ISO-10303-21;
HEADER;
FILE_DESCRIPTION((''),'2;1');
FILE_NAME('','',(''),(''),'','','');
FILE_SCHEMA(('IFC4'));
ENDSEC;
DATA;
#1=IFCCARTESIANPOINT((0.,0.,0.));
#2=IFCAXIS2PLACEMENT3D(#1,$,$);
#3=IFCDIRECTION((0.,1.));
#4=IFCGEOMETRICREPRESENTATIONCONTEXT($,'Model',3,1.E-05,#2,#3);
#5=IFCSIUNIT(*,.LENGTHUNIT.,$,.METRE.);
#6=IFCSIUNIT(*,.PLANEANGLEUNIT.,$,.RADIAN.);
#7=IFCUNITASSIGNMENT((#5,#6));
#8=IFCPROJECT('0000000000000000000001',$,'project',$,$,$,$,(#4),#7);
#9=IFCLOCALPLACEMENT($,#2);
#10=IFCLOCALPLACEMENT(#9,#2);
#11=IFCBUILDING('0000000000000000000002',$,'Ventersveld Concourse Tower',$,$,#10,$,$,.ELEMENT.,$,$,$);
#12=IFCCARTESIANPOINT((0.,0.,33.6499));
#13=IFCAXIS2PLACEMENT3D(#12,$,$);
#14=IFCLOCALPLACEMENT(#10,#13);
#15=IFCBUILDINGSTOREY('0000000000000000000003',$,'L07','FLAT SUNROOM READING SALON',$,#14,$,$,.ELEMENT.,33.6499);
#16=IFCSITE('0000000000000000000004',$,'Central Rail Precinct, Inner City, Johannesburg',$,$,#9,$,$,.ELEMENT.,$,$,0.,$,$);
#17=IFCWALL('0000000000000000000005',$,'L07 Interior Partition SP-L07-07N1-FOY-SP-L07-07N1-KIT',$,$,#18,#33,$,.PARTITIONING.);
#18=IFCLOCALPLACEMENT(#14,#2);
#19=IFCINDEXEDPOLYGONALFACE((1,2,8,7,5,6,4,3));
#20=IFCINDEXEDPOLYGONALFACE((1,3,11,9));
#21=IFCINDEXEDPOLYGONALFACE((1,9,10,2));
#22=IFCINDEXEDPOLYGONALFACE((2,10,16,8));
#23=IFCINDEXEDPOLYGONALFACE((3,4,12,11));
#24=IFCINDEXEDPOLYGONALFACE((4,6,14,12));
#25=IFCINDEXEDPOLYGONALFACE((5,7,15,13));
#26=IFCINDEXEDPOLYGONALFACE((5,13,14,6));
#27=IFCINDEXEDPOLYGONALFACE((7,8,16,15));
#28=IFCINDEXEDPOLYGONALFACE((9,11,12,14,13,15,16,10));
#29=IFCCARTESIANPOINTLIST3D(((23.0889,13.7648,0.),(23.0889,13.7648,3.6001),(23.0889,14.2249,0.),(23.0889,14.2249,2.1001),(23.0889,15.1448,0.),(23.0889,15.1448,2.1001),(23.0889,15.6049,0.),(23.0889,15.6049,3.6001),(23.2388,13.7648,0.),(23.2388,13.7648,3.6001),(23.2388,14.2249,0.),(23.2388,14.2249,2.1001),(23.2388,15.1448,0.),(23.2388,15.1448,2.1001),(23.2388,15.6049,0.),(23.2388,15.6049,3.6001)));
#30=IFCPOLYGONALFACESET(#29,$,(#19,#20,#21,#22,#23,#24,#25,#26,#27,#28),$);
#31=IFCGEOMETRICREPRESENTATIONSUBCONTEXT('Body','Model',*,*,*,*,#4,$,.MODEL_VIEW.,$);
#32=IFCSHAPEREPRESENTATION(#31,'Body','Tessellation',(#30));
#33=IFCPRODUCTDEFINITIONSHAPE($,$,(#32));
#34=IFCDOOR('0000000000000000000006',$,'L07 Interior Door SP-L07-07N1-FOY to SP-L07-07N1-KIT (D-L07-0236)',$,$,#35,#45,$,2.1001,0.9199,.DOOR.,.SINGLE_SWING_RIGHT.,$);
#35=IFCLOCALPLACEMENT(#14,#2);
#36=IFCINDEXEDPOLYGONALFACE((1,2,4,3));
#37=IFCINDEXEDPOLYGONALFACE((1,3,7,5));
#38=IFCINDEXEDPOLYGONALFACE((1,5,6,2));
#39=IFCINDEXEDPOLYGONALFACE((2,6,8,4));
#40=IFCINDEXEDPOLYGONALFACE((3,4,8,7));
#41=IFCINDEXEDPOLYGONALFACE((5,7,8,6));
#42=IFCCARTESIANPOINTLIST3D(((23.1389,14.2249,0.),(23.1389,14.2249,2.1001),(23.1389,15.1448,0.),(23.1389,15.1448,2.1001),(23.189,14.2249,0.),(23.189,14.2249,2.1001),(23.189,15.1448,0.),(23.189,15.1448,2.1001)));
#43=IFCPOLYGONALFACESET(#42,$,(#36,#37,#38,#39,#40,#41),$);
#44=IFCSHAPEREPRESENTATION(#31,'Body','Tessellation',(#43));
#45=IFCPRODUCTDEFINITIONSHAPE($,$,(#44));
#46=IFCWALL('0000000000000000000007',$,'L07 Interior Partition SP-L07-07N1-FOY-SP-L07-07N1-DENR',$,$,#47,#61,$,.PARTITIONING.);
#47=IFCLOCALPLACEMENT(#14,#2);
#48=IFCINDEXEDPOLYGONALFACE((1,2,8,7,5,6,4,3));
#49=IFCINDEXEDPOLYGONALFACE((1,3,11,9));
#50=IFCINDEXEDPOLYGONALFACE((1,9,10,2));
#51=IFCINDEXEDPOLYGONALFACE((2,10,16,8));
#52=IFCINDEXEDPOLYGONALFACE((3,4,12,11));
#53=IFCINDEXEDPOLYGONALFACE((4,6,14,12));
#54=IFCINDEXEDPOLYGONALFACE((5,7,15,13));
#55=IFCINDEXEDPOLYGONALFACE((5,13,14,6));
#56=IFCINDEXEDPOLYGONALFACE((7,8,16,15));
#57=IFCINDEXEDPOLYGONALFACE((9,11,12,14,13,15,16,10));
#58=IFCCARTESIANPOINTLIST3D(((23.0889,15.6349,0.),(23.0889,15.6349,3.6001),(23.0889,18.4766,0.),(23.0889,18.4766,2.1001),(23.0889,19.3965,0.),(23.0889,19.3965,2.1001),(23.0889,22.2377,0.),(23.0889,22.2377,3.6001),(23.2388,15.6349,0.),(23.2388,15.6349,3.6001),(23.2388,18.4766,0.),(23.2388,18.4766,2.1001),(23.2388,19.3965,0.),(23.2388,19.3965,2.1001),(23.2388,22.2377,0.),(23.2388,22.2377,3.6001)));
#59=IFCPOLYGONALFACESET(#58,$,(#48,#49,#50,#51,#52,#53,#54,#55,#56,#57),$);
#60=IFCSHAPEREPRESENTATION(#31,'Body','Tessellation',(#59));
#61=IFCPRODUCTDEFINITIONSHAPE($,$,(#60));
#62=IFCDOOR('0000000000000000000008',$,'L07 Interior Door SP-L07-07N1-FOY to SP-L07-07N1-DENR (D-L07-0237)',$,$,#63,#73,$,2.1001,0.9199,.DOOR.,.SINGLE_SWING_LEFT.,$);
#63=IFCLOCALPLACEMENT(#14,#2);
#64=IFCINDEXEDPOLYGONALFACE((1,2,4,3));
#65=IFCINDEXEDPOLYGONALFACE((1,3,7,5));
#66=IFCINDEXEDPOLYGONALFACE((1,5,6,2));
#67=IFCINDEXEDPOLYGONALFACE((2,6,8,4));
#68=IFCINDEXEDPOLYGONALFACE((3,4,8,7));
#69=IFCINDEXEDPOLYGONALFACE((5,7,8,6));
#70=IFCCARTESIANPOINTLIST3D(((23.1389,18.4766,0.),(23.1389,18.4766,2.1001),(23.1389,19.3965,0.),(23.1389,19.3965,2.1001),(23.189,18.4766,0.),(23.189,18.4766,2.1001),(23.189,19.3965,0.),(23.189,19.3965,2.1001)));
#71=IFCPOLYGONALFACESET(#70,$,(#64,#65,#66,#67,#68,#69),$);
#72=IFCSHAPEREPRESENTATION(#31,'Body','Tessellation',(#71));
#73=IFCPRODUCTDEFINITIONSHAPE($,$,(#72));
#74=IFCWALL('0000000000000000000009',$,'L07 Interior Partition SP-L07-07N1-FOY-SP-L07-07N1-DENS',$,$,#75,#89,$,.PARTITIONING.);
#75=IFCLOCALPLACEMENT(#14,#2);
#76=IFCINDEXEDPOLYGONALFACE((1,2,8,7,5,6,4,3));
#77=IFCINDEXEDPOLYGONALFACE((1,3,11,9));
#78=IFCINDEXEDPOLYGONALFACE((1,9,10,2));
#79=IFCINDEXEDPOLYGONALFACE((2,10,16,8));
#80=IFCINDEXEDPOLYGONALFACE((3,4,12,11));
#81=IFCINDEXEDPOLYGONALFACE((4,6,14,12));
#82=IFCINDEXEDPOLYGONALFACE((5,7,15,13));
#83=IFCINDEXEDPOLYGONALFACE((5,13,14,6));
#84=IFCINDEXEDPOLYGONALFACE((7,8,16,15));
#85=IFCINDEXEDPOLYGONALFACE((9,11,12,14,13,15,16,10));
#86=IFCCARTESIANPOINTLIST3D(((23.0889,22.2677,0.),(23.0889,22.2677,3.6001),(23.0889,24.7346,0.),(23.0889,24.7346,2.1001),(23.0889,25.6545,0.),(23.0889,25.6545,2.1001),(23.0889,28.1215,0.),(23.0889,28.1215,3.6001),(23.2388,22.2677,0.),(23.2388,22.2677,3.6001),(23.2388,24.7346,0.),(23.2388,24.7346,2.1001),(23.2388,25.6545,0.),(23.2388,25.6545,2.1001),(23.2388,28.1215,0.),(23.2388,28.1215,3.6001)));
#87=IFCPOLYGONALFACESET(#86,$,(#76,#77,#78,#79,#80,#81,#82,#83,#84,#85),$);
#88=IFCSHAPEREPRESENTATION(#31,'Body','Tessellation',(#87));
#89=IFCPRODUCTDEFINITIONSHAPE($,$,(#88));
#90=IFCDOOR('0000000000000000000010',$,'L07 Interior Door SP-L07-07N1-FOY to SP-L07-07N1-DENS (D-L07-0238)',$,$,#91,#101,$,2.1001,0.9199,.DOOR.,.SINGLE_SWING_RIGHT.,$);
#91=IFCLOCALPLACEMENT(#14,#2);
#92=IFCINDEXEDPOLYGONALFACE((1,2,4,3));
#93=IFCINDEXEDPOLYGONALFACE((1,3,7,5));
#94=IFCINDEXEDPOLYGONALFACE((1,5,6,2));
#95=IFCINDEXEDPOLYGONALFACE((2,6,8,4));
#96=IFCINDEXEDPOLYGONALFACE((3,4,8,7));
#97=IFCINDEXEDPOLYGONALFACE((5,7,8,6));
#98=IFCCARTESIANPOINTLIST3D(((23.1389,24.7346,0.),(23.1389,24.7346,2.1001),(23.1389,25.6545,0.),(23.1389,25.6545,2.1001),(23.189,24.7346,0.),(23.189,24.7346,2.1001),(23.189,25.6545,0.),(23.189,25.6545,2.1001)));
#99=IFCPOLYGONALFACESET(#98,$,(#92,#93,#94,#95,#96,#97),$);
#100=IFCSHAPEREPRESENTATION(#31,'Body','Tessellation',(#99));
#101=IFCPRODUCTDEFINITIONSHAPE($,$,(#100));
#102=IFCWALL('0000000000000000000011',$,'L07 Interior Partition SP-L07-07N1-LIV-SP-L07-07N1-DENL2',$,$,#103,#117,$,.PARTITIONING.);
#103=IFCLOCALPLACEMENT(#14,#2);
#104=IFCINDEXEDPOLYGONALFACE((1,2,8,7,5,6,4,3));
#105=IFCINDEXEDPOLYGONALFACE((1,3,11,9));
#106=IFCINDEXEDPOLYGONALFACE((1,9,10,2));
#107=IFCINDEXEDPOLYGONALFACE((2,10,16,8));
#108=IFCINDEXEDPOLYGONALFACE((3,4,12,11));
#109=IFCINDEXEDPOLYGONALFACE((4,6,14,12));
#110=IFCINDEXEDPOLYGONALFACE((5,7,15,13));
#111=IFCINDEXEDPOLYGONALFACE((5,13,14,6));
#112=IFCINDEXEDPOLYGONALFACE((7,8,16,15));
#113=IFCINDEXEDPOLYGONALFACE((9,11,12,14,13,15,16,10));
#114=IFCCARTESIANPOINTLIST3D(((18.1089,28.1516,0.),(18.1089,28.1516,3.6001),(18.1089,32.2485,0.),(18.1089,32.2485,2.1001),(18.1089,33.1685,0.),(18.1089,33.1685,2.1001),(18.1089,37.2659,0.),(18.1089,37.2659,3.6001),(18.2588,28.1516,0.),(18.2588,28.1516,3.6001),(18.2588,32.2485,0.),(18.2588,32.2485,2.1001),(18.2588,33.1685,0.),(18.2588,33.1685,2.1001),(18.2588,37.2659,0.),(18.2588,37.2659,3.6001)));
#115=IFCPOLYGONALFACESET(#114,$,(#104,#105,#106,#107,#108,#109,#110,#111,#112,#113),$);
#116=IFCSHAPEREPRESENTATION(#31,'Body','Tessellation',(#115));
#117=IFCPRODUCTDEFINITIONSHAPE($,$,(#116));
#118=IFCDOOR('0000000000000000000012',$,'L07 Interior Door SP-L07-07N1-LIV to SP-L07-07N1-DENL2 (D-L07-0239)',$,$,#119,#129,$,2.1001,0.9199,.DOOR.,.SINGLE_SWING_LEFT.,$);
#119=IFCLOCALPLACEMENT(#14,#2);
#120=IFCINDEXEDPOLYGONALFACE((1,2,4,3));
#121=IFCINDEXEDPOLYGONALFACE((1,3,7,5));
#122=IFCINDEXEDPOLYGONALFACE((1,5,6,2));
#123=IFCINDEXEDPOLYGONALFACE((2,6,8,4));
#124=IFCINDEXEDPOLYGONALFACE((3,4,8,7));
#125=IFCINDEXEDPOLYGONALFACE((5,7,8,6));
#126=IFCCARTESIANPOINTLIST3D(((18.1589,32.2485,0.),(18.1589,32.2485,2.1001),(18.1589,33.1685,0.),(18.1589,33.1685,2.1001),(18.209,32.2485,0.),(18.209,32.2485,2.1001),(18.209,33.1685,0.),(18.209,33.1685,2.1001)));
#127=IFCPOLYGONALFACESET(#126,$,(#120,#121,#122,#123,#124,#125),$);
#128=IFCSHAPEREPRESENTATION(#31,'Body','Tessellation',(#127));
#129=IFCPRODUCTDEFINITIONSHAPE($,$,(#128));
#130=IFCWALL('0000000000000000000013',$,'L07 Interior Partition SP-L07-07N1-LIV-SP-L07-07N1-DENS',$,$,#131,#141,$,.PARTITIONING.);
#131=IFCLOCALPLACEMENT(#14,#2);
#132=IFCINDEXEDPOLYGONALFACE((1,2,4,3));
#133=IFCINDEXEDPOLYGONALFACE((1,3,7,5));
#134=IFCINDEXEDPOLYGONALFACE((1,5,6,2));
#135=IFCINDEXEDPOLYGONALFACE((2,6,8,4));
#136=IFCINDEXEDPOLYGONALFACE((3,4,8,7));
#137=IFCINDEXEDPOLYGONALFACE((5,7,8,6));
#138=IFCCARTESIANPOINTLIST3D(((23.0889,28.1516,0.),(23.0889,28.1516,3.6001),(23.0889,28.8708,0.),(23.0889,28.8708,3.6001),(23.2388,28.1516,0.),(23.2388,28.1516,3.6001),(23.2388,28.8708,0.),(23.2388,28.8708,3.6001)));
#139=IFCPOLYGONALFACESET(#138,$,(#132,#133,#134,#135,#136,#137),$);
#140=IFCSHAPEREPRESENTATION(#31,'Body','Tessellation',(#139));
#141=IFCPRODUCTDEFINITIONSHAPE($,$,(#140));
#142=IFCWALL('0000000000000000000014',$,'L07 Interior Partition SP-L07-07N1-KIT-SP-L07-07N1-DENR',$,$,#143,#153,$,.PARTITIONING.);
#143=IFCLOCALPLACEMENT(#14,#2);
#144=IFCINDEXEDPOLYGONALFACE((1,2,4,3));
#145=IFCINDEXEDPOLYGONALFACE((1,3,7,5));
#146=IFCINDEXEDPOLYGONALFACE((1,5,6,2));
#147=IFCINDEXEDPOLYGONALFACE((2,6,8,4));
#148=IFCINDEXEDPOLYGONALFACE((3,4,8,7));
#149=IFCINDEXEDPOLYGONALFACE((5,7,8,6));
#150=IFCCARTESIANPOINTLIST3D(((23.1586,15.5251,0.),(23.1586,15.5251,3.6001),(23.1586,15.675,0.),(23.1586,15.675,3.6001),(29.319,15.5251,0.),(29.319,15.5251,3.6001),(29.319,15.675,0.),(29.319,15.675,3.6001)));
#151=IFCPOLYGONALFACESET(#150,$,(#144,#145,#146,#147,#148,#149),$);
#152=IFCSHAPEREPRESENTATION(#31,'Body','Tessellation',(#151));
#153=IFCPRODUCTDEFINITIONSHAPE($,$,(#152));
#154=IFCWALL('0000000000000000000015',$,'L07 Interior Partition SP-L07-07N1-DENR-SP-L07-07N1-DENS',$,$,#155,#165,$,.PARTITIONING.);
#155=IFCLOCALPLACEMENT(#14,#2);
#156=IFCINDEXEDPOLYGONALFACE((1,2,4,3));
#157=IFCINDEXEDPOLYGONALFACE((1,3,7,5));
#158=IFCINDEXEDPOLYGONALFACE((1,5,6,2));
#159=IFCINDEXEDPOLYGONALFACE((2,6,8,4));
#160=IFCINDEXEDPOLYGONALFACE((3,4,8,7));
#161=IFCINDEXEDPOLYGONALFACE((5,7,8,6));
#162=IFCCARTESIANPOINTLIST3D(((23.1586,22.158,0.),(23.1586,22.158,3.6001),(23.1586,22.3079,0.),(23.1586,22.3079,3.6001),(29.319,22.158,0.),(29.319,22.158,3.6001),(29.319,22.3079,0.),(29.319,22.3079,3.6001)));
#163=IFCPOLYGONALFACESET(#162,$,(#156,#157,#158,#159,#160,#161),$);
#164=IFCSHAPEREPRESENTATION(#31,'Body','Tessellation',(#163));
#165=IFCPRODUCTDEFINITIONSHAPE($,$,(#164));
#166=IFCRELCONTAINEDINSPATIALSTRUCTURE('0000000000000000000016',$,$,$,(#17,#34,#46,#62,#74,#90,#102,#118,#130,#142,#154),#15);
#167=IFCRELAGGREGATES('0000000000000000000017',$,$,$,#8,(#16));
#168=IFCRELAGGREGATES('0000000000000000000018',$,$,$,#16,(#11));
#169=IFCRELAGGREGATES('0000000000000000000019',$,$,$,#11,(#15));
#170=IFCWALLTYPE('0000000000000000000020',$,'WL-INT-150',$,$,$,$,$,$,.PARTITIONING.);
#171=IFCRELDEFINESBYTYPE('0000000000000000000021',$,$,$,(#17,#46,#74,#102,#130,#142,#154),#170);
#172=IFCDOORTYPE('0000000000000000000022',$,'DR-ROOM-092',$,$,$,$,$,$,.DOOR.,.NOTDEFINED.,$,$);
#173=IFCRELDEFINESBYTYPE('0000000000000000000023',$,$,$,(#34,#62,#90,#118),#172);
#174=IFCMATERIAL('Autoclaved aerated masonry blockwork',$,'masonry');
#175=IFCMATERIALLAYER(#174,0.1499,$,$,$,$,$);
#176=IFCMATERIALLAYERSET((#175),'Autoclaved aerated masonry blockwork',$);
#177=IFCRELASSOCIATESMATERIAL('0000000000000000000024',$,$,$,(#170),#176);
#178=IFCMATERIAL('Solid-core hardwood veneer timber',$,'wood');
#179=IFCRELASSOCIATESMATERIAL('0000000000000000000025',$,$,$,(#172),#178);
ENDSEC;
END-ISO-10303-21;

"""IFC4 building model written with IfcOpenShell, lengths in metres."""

from ifc_helpers import new_model, si_unit, direction, frame, frame_2d, origin, place, context, subcontext, project, spatial, rectangle, extrude, material, layer, layer_set, type_object, element, fill, save


model = new_model("IFC4")

# Units and contexts
model_context = context("Model", 3, precision=1e-05, world=origin(), true_north=direction((0.0, 1.0)))
body_context = subcontext(model_context, "Body", "Model", "MODEL_VIEW")
ifc_project = project(units=[si_unit("LENGTHUNIT", "METRE"), si_unit("PLANEANGLEUNIT", "RADIAN")], contexts=[model_context])

# Site, building, storey
site_placement = place(None, origin())
site = spatial("IfcSite", under=ifc_project, at=site_placement, Name="Central Rail Precinct, Inner City, Johannesburg", CompositionType="ELEMENT", RefElevation=0.0)
building_placement = place(site_placement, origin())
building = spatial("IfcBuilding", under=site, at=building_placement, Name="Ventersveld Concourse Tower", CompositionType="ELEMENT")
storey_placement = place(building_placement, frame((0.0, 0.0, 33.6499)))
storey = spatial("IfcBuildingStorey", under=building, at=storey_placement, Name="L07", Description="FLAT SUNROOM READING SALON", CompositionType="ELEMENT", Elevation=33.6499)

# Shared definitions
ifc_material_1 = material(Name="Solid-core hardwood veneer timber", Category="wood")

# Walls, openings, doors
ifc_material_2 = material(Name="Autoclaved aerated masonry blockwork", Category="masonry")
ifc_layer_1 = layer(ifc_material_2, 0.1499)
ifc_layer_set_1 = layer_set([ifc_layer_1], Name="Autoclaved aerated masonry blockwork")
wall_type_1 = type_object("IfcWallType", Name="WL-INT-150", PredefinedType="PARTITIONING", material=ifc_layer_set_1)
door_type_1 = type_object("IfcDoorType", Name="DR-ROOM-092", OperationType="NOTDEFINED", PredefinedType="DOOR", material=ifc_material_1)
wall_1_placement = place(storey_placement, frame((23.1638, 13.7649, 0.0), z_axis=(0.0, 0.0, 1.0), x_axis=(0.0, 1.0, 0.0)))
wall_1 = element("IfcWall", 1, at=wall_1_placement, inside=storey, type_object=wall_type_1, Name="L07 Interior Partition SP-L07-07N1-FOY-SP-L07-07N1-KIT", PredefinedType="PARTITIONING", context=body_context, shape_type="SweptSolid", body=[
    extrude(rectangle(XDim=1.8401, YDim=0.1499, at=frame_2d((0.9199, 0.0))), origin(), (0.0, 0.0, 1.0), 3.6001),
])
opening_1_placement = place(wall_1_placement, frame((0.46, 0.0, 0.0)))
opening_1 = element("IfcOpeningElement", 2, at=opening_1_placement, cuts=wall_1, PredefinedType="OPENING", context=body_context, shape_type="SweptSolid", body=[
    extrude(rectangle(XDim=0.9199, YDim=2.1001, at=frame_2d((0.46, 1.05))), frame((0.0, 0.085, 0.0), z_axis=(0.0, -1.0, 0.0), x_axis=(1.0, 0.0, 0.0)), (0.0, 0.0, 1.0), 0.1699),
])
door_1_placement = place(opening_1_placement, origin())
door_1 = element("IfcDoor", 3, at=door_1_placement, inside=storey, type_object=door_type_1, Name="L07 Interior Door SP-L07-07N1-FOY to SP-L07-07N1-KIT (D-L07-0236)", OperationType="SINGLE_SWING_RIGHT", OverallHeight=2.1001, OverallWidth=0.9199, PredefinedType="DOOR", context=body_context, shape_type="SweptSolid", body=[
    extrude(rectangle(XDim=0.9199, YDim=2.1001, at=frame_2d((0.46, 1.05))), frame((0.0, 0.0249, 0.0), z_axis=(0.0, -1.0, 0.0), x_axis=(1.0, 0.0, 0.0)), (0.0, 0.0, 1.0), 0.05),
])
fill(opening_1, door_1)
wall_2_placement = place(storey_placement, frame((23.1638, 15.635, 0.0), z_axis=(0.0, 0.0, 1.0), x_axis=(0.0, 1.0, 0.0)))
wall_2 = element("IfcWall", 4, at=wall_2_placement, inside=storey, type_object=wall_type_1, Name="L07 Interior Partition SP-L07-07N1-FOY-SP-L07-07N1-DENR", PredefinedType="PARTITIONING", context=body_context, shape_type="SweptSolid", body=[
    extrude(rectangle(XDim=6.6028, YDim=0.1499, at=frame_2d((3.3013, 0.0))), origin(), (0.0, 0.0, 1.0), 3.6001),
])
opening_2_placement = place(wall_2_placement, frame((2.8416, 0.0, 0.0)))
opening_2 = element("IfcOpeningElement", 5, at=opening_2_placement, cuts=wall_2, PredefinedType="OPENING", context=body_context, shape_type="SweptSolid", body=[
    extrude(rectangle(XDim=0.9199, YDim=2.1001, at=frame_2d((0.46, 1.05))), frame((0.0, 0.085, 0.0), z_axis=(0.0, -1.0, 0.0), x_axis=(1.0, 0.0, 0.0)), (0.0, 0.0, 1.0), 0.1699),
])
door_2_placement = place(opening_2_placement, origin())
door_2 = element("IfcDoor", 6, at=door_2_placement, inside=storey, type_object=door_type_1, Name="L07 Interior Door SP-L07-07N1-FOY to SP-L07-07N1-DENR (D-L07-0237)", OperationType="SINGLE_SWING_LEFT", OverallHeight=2.1001, OverallWidth=0.9199, PredefinedType="DOOR", context=body_context, shape_type="SweptSolid", body=[
    extrude(rectangle(XDim=0.9199, YDim=2.1001, at=frame_2d((0.46, 1.05))), frame((0.0, 0.0249, 0.0), z_axis=(0.0, -1.0, 0.0), x_axis=(1.0, 0.0, 0.0)), (0.0, 0.0, 1.0), 0.05),
])
fill(opening_2, door_2)
wall_3_placement = place(storey_placement, frame((23.1638, 22.2678, 0.0), z_axis=(0.0, 0.0, 1.0), x_axis=(0.0, 1.0, 0.0)))
wall_3 = element("IfcWall", 7, at=wall_3_placement, inside=storey, type_object=wall_type_1, Name="L07 Interior Partition SP-L07-07N1-FOY-SP-L07-07N1-DENS", PredefinedType="PARTITIONING", context=body_context, shape_type="SweptSolid", body=[
    extrude(rectangle(XDim=5.8538, YDim=0.1499, at=frame_2d((2.9268, 0.0))), origin(), (0.0, 0.0, 1.0), 3.6001),
])
opening_3_placement = place(wall_3_placement, frame((2.4668, 0.0, 0.0)))
opening_3 = element("IfcOpeningElement", 8, at=opening_3_placement, cuts=wall_3, PredefinedType="OPENING", context=body_context, shape_type="SweptSolid", body=[
    extrude(rectangle(XDim=0.9199, YDim=2.1001, at=frame_2d((0.46, 1.05))), frame((0.0, 0.085, 0.0), z_axis=(0.0, -1.0, 0.0), x_axis=(1.0, 0.0, 0.0)), (0.0, 0.0, 1.0), 0.1699),
])
door_3_placement = place(opening_3_placement, origin())
door_3 = element("IfcDoor", 9, at=door_3_placement, inside=storey, type_object=door_type_1, Name="L07 Interior Door SP-L07-07N1-FOY to SP-L07-07N1-DENS (D-L07-0238)", OperationType="SINGLE_SWING_RIGHT", OverallHeight=2.1001, OverallWidth=0.9199, PredefinedType="DOOR", context=body_context, shape_type="SweptSolid", body=[
    extrude(rectangle(XDim=0.9199, YDim=2.1001, at=frame_2d((0.46, 1.05))), frame((0.0, 0.0249, 0.0), z_axis=(0.0, -1.0, 0.0), x_axis=(1.0, 0.0, 0.0)), (0.0, 0.0, 1.0), 0.05),
])
fill(opening_3, door_3)
wall_4_placement = place(storey_placement, frame((18.1838, 28.1516, 0.0), z_axis=(0.0, 0.0, 1.0), x_axis=(0.0, 1.0, 0.0)))
wall_4 = element("IfcWall", 10, at=wall_4_placement, inside=storey, type_object=wall_type_1, Name="L07 Interior Partition SP-L07-07N1-LIV-SP-L07-07N1-DENL2", PredefinedType="PARTITIONING", context=body_context, shape_type="SweptSolid", body=[
    extrude(rectangle(XDim=9.1143, YDim=0.1499, at=frame_2d((4.5571, 0.0))), origin(), (0.0, 0.0, 1.0), 3.6001),
])
opening_4_placement = place(wall_4_placement, frame((4.0969, 0.0, 0.0)))
opening_4 = element("IfcOpeningElement", 11, at=opening_4_placement, cuts=wall_4, PredefinedType="OPENING", context=body_context, shape_type="SweptSolid", body=[
    extrude(rectangle(XDim=0.9199, YDim=2.1001, at=frame_2d((0.46, 1.05))), frame((0.0, 0.085, 0.0), z_axis=(0.0, -1.0, 0.0), x_axis=(1.0, 0.0, 0.0)), (0.0, 0.0, 1.0), 0.1699),
])
door_4_placement = place(opening_4_placement, origin())
door_4 = element("IfcDoor", 12, at=door_4_placement, inside=storey, type_object=door_type_1, Name="L07 Interior Door SP-L07-07N1-LIV to SP-L07-07N1-DENL2 (D-L07-0239)", OperationType="SINGLE_SWING_LEFT", OverallHeight=2.1001, OverallWidth=0.9199, PredefinedType="DOOR", context=body_context, shape_type="SweptSolid", body=[
    extrude(rectangle(XDim=0.9199, YDim=2.1001, at=frame_2d((0.46, 1.05))), frame((0.0, 0.0249, 0.0), z_axis=(0.0, -1.0, 0.0), x_axis=(1.0, 0.0, 0.0)), (0.0, 0.0, 1.0), 0.05),
])
fill(opening_4, door_4)

# Walls
wall_5_placement = place(storey_placement, frame((23.1638, 28.1516, 0.0), z_axis=(0.0, 0.0, 1.0), x_axis=(0.0, 1.0, 0.0)))
element("IfcWall", 13, at=wall_5_placement, inside=storey, type_object=wall_type_1, Name="L07 Interior Partition SP-L07-07N1-LIV-SP-L07-07N1-DENS", PredefinedType="PARTITIONING", context=body_context, shape_type="SweptSolid", body=[
    extrude(rectangle(XDim=0.7192, YDim=0.1499, at=frame_2d((0.3596, 0.0))), origin(), (0.0, 0.0, 1.0), 3.6001),
])
for number, where, z_axis, x_axis, name in (
    (14, (23.1587, 15.6001, 0.0), (0.0, 0.0, 1.0), (1.0, 0.0, 0.0), "L07 Interior Partition SP-L07-07N1-KIT-SP-L07-07N1-DENR"),
    (15, (23.1587, 22.2329, 0.0), (0.0, 0.0, 1.0), (1.0, 0.0, 0.0), "L07 Interior Partition SP-L07-07N1-DENR-SP-L07-07N1-DENS"),
):
    element("IfcWall", number, at=place(storey_placement, frame(where, z_axis=z_axis, x_axis=x_axis)), inside=storey, type_object=wall_type_1, Name=name, PredefinedType="PARTITIONING", context=body_context, shape_type="SweptSolid", body=[
        extrude(rectangle(XDim=6.1604, YDim=0.1499, at=frame_2d((3.0801, 0.0))), origin(), (0.0, 0.0, 1.0), 3.6001),
    ])

save(model, "model.ifc")
